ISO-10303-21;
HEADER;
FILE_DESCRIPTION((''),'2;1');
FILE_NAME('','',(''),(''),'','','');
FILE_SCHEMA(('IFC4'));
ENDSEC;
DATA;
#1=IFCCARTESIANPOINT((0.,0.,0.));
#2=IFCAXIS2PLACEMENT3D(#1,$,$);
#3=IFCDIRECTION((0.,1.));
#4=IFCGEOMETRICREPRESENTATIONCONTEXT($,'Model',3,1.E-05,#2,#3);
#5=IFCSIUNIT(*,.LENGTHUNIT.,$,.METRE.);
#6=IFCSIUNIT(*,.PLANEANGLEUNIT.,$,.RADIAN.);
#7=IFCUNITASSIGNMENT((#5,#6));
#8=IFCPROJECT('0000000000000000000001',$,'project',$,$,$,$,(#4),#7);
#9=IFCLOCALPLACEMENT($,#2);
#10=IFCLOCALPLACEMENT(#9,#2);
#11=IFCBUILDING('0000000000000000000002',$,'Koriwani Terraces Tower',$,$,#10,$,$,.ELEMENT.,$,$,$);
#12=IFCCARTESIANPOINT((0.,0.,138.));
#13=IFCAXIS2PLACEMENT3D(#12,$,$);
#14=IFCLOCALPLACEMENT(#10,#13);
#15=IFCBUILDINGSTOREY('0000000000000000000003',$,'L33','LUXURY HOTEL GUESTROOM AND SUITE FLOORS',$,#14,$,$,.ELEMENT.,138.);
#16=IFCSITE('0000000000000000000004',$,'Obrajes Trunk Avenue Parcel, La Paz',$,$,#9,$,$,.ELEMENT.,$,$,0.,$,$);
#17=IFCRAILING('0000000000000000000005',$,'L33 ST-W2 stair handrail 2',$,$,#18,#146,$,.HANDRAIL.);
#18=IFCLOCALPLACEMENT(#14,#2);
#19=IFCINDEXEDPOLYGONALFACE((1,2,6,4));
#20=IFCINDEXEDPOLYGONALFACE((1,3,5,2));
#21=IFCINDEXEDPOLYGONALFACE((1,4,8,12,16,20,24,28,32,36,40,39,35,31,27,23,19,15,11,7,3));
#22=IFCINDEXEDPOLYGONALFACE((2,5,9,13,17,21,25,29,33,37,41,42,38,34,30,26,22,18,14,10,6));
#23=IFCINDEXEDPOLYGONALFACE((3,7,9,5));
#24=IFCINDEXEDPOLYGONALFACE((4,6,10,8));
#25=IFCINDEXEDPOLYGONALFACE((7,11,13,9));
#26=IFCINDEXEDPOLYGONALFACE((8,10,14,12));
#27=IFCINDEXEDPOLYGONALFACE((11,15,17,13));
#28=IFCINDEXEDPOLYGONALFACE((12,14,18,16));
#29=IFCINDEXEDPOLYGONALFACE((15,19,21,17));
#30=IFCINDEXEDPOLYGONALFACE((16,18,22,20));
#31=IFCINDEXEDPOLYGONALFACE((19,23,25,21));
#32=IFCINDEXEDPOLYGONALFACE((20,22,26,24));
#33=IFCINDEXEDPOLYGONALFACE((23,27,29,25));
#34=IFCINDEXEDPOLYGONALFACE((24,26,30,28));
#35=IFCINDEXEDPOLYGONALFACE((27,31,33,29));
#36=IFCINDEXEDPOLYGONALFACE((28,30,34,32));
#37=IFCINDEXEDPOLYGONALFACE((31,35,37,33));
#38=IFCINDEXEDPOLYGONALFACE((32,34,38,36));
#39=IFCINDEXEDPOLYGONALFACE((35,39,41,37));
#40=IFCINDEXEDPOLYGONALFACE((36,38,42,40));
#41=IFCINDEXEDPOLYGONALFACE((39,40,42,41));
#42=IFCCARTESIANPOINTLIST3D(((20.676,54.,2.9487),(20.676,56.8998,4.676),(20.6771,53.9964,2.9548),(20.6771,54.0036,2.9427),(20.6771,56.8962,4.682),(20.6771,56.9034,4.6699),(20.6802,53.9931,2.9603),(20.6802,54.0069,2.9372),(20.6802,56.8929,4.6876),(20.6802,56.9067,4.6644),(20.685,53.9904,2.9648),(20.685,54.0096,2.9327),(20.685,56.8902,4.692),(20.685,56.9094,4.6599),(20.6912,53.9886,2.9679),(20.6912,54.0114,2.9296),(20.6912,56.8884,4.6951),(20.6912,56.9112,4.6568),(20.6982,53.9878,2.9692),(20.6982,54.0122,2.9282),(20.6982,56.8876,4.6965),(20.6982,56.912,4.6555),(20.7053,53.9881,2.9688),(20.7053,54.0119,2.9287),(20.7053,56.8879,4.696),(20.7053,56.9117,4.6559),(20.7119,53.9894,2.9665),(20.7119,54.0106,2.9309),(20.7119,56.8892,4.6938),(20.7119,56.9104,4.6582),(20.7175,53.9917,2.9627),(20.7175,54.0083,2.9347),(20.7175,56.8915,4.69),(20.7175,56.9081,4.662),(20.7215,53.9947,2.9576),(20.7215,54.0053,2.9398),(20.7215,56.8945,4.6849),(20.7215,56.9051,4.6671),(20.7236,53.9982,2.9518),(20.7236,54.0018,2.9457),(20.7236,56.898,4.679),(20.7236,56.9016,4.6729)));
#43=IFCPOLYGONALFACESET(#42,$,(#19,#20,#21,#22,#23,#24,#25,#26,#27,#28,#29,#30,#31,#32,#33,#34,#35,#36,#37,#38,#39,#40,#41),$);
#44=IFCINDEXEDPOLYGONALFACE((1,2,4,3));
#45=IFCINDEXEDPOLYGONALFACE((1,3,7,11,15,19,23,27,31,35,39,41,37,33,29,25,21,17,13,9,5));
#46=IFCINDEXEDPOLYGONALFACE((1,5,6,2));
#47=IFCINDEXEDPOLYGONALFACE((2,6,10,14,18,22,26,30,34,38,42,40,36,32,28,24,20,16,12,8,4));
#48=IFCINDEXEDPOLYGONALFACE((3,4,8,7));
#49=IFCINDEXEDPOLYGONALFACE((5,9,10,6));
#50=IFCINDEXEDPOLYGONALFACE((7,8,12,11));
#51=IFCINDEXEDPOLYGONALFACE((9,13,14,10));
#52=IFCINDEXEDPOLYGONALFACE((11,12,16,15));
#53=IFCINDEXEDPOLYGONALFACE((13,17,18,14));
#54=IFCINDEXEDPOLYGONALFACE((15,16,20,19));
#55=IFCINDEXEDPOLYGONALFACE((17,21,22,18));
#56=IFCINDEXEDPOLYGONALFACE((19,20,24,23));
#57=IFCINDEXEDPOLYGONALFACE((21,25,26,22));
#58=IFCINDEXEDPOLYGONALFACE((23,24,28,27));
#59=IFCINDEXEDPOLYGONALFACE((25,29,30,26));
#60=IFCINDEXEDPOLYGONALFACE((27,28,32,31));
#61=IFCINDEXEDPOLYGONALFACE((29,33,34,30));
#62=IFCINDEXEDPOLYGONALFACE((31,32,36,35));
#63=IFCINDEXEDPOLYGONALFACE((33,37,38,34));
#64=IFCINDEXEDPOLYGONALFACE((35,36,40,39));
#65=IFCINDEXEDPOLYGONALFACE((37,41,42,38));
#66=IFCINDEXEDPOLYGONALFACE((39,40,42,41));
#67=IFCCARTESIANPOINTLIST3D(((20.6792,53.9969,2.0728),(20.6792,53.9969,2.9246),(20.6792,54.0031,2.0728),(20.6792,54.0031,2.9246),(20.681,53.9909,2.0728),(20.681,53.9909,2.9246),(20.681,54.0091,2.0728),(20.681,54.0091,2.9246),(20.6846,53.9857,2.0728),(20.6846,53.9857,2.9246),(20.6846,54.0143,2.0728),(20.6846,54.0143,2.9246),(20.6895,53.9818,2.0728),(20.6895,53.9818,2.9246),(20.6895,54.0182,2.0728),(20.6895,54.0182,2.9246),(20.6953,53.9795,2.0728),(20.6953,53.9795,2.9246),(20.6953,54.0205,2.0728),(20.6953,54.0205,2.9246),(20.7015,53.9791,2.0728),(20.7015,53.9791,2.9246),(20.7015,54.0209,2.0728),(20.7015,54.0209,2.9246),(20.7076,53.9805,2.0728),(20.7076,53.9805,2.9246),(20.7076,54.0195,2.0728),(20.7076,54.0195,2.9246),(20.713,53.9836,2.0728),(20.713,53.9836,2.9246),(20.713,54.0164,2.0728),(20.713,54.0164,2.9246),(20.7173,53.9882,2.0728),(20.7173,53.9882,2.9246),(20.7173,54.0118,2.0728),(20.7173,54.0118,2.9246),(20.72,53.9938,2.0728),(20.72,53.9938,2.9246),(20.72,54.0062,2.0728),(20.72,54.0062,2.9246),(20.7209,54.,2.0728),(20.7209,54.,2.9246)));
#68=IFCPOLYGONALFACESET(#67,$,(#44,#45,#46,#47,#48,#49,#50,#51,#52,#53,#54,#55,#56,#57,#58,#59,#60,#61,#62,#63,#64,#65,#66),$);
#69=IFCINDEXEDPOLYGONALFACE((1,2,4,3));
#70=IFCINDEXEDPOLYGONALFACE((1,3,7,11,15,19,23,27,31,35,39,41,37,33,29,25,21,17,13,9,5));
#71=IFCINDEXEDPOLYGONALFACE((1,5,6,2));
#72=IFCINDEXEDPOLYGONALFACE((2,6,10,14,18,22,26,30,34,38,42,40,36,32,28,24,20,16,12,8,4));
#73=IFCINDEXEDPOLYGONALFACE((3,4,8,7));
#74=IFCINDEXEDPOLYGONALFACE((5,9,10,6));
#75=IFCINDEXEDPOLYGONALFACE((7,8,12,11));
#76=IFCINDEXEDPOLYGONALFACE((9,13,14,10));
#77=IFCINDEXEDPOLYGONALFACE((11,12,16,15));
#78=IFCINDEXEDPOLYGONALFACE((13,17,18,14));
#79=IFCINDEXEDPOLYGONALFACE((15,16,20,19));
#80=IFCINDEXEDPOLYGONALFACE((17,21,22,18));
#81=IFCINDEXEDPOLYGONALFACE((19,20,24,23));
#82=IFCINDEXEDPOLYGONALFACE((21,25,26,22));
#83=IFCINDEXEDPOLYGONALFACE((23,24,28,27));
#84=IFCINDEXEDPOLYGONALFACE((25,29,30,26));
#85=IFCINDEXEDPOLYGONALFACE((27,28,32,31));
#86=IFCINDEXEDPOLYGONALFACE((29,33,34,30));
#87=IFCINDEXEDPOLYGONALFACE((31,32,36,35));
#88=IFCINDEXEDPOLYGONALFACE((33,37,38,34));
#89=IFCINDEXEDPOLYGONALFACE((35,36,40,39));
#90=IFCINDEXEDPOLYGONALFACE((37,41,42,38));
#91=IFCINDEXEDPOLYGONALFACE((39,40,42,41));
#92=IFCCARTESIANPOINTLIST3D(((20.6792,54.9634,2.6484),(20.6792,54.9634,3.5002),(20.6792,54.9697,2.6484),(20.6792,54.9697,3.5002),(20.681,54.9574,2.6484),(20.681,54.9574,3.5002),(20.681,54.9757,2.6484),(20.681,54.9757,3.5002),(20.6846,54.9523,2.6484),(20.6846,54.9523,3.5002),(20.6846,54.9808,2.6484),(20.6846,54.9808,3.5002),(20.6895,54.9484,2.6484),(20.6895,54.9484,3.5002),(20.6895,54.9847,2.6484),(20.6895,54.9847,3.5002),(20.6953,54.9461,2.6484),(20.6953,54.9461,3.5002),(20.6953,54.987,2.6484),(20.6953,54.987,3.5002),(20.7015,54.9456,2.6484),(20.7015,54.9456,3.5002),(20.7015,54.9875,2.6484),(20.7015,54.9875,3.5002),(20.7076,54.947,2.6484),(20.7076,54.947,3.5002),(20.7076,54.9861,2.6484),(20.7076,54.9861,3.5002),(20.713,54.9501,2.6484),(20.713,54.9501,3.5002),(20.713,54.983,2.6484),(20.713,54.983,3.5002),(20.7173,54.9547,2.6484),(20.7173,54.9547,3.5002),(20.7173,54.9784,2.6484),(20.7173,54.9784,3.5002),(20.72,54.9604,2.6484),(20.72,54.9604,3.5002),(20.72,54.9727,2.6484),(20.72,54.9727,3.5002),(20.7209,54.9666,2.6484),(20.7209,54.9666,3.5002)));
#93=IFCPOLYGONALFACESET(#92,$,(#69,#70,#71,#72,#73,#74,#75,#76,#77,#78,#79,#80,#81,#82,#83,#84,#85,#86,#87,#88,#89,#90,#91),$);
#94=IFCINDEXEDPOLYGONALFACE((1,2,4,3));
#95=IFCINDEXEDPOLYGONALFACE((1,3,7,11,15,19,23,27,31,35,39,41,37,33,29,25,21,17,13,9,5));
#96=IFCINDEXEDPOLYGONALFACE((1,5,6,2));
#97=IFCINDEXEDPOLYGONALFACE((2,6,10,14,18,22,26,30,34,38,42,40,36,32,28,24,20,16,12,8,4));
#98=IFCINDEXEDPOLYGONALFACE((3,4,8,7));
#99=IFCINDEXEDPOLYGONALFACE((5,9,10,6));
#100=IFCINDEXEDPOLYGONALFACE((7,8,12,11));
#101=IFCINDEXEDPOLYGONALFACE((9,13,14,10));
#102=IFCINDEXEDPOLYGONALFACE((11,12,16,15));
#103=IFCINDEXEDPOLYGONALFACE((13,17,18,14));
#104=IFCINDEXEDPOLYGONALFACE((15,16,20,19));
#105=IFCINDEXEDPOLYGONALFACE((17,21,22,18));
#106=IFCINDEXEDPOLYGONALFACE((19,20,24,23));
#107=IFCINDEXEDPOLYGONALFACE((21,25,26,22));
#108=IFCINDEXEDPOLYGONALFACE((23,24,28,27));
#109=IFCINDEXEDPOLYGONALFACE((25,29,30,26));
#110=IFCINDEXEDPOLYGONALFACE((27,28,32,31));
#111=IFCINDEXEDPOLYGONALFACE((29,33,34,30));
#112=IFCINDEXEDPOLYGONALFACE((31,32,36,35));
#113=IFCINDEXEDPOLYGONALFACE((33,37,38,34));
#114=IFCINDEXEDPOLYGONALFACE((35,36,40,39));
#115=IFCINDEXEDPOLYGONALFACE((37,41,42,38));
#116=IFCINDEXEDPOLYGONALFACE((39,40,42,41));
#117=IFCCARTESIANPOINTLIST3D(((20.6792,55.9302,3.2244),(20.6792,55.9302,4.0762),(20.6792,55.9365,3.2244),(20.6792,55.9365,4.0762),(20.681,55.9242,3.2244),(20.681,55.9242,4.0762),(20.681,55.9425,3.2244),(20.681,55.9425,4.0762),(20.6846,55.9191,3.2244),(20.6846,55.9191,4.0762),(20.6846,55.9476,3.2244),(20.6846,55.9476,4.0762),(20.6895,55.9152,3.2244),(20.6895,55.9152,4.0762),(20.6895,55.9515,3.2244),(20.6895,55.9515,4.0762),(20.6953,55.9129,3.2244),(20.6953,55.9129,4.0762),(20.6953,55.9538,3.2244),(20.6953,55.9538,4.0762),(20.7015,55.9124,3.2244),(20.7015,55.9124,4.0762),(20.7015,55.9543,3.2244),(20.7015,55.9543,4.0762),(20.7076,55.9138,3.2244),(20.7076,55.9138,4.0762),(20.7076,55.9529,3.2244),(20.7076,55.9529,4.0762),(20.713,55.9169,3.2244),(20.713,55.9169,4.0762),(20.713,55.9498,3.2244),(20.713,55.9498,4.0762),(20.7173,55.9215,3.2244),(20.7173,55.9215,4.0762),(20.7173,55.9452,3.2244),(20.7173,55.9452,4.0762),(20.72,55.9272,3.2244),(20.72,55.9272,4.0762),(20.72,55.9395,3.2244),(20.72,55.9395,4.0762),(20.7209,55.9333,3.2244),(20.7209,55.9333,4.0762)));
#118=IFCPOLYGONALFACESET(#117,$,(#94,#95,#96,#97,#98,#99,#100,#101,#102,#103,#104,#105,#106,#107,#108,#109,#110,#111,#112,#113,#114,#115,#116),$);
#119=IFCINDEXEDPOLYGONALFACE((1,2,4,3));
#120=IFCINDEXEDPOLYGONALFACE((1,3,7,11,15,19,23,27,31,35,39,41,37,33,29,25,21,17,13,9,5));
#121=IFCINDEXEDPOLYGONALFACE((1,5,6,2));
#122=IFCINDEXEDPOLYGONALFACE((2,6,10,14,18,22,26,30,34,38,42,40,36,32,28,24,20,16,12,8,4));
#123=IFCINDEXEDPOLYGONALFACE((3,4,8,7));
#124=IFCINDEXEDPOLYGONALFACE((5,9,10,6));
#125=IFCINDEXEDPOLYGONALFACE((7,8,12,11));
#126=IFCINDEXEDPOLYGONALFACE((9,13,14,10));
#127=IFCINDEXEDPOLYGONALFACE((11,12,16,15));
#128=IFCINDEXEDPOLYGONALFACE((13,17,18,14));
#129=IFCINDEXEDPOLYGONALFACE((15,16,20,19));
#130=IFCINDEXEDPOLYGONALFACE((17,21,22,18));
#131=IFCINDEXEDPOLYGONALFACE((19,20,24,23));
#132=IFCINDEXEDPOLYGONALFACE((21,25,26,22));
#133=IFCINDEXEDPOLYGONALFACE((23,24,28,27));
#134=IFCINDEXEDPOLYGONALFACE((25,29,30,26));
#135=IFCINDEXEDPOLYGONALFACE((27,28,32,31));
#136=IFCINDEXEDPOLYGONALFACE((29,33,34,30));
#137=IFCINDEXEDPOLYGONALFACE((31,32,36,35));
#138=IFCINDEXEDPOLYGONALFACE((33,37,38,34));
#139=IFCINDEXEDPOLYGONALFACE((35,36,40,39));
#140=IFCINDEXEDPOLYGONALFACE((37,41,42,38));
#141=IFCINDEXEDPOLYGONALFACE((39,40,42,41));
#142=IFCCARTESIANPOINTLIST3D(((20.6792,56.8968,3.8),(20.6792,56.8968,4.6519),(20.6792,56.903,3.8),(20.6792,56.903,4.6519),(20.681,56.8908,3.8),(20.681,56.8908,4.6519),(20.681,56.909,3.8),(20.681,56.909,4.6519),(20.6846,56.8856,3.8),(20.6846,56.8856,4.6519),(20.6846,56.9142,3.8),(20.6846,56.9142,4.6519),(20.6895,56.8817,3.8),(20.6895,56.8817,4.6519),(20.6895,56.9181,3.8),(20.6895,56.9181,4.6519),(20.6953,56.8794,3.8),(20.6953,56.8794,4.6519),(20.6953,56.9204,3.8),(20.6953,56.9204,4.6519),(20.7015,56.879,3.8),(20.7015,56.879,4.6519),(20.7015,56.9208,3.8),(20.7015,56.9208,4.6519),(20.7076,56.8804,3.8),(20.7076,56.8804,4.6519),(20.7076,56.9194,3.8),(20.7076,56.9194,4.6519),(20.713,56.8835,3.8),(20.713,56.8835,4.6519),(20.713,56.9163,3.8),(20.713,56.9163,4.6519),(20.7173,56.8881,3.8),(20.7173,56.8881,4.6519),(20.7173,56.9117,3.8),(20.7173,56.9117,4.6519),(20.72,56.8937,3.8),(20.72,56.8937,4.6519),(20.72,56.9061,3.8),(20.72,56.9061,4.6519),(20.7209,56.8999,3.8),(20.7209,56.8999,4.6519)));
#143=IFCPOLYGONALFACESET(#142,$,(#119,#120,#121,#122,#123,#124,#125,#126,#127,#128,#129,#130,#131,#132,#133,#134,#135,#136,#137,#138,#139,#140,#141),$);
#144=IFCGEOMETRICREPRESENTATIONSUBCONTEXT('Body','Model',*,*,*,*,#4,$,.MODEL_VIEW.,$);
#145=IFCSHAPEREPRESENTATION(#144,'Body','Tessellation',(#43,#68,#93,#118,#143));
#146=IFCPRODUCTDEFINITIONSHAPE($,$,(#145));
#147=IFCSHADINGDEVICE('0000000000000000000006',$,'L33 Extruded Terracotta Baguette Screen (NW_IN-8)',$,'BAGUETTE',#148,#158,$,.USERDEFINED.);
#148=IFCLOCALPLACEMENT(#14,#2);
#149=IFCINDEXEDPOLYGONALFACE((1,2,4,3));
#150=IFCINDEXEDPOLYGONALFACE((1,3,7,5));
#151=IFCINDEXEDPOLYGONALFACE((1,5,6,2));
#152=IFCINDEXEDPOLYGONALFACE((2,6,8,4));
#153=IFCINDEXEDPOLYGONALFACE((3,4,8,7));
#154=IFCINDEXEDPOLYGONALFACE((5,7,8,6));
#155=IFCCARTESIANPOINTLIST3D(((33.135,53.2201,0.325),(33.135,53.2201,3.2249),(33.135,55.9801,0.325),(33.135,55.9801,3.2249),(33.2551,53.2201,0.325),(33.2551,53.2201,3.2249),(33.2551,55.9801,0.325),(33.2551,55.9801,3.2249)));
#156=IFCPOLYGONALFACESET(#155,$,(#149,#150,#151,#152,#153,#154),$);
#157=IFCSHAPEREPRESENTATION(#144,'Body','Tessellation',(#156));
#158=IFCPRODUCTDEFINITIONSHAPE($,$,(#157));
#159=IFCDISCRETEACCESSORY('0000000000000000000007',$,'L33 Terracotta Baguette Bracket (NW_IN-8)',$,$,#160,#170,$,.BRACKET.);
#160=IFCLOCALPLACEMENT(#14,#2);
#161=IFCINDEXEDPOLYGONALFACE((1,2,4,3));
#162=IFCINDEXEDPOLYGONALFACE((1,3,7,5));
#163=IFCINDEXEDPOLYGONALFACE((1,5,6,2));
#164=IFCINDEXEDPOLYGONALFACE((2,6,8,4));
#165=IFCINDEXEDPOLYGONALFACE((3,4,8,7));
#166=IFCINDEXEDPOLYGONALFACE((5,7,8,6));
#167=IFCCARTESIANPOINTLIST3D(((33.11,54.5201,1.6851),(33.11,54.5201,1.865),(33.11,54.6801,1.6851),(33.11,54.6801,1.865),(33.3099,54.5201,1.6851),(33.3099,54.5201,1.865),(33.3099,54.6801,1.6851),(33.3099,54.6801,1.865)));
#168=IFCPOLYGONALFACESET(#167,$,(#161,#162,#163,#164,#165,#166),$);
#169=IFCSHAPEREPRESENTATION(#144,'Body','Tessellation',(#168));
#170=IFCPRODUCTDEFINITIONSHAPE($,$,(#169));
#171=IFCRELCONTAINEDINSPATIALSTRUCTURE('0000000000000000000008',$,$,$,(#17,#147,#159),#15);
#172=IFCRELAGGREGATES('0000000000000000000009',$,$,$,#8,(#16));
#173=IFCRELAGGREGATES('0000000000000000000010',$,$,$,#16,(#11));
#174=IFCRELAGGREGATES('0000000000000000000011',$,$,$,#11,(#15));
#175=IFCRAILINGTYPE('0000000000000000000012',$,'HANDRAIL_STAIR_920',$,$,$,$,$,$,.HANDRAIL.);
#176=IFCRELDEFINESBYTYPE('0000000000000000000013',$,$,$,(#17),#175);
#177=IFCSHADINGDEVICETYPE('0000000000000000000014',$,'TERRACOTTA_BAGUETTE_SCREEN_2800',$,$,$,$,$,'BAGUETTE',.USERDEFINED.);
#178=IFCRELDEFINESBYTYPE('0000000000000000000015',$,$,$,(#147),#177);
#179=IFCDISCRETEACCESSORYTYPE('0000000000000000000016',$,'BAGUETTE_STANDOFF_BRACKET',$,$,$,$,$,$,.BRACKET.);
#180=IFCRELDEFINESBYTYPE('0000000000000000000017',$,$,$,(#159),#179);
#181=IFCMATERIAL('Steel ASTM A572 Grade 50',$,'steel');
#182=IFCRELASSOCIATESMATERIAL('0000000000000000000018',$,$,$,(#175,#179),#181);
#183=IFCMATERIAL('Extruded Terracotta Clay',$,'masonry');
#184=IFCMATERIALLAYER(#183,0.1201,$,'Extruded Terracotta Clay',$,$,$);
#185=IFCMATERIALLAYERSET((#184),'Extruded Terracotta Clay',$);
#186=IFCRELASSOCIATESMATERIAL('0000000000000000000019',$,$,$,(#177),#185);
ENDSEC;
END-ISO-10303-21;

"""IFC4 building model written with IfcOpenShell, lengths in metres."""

from ifc_helpers import new_model, si_unit, direction, frame, origin, origin_2d, place, context, subcontext, project, spatial, rectangle, circle, extrude, material, layer, layer_set, type_object, element, save


model = new_model("IFC4")

# Units and contexts
model_context = context("Model", 3, precision=1e-05, world=origin(), true_north=direction((0.0, 1.0)))
body_context = subcontext(model_context, "Body", "Model", "MODEL_VIEW")
ifc_project = project(units=[si_unit("LENGTHUNIT", "METRE"), si_unit("PLANEANGLEUNIT", "RADIAN")], contexts=[model_context])

# Site, building, storey
site_placement = place(None, origin())
site = spatial("IfcSite", under=ifc_project, at=site_placement, Name="Obrajes Trunk Avenue Parcel, La Paz", CompositionType="ELEMENT", RefElevation=0.0)
building_placement = place(site_placement, origin())
building = spatial("IfcBuilding", under=site, at=building_placement, Name="Koriwani Terraces Tower", CompositionType="ELEMENT")
storey_placement = place(building_placement, frame((0.0, 0.0, 138.0)))
storey = spatial("IfcBuildingStorey", under=building, at=storey_placement, Name="L33", Description="LUXURY HOTEL GUESTROOM AND SUITE FLOORS", CompositionType="ELEMENT", Elevation=138.0)

# Shared definitions
ifc_material_1 = material(Name="Steel ASTM A572 Grade 50", Category="steel")

# Railing
railing_type_1 = type_object("IfcRailingType", Name="HANDRAIL_STAIR_920", PredefinedType="HANDRAIL", material=ifc_material_1)
railing_1_placement = place(storey_placement, frame((20.7, 54.0, 2.0728)))
element("IfcRailing", 1, at=railing_1_placement, inside=storey, type_object=railing_type_1, Name="L33 ST-W2 stair handrail 2", PredefinedType="HANDRAIL", context=body_context, shape_type="SweptSolid", body=[
    extrude(circle(Radius=0.0239, at=origin_2d()), frame((0.0, 0.0, 0.876), z_axis=(0.0, 0.859141, 0.511738), x_axis=(-1.0, 0.0, 0.0)), (0.0, 0.0, 1.0), 3.3752),
    extrude(circle(Radius=0.021, at=origin_2d()), origin(), (0.0, 0.0, 1.0), 0.8518),
    extrude(circle(Radius=0.021, at=origin_2d()), frame((0.0, 0.9666, 0.5757)), (0.0, 0.0, 1.0), 0.8518),
    extrude(circle(Radius=0.021, at=origin_2d()), frame((0.0, 1.9333, 1.1516)), (0.0, 0.0, 1.0), 0.8518),
    extrude(circle(Radius=0.021, at=origin_2d()), frame((0.0, 2.8999, 1.7273)), (0.0, 0.0, 1.0), 0.8518),
])

# Shading device
ifc_material_2 = material(Name="Extruded Terracotta Clay", Category="masonry")
ifc_layer_1 = layer(ifc_material_2, 0.1201, Name="Extruded Terracotta Clay")
ifc_layer_set_1 = layer_set([ifc_layer_1], Name="Extruded Terracotta Clay")
shading_device_type = type_object("IfcShadingDeviceType", Name="TERRACOTTA_BAGUETTE_SCREEN_2800", ElementType="BAGUETTE", PredefinedType="USERDEFINED", material=ifc_layer_set_1)
shading_device_placement = place(storey_placement, frame((33.1951, 54.6001, 0.325), z_axis=(0.0, 0.0, 1.0), x_axis=(0.0, -1.0, 0.0)))
element("IfcShadingDevice", 2, at=shading_device_placement, inside=storey, type_object=shading_device_type, Name="L33 Extruded Terracotta Baguette Screen (NW_IN-8)", ObjectType="BAGUETTE", PredefinedType="USERDEFINED", context=body_context, shape_type="SweptSolid", body=[
    extrude(rectangle(XDim=2.76, YDim=0.1201, at=origin_2d()), origin(), (0.0, 0.0, 1.0), 2.8999),
])

# Discrete accessory
discrete_accessory_type = type_object("IfcDiscreteAccessoryType", Name="BAGUETTE_STANDOFF_BRACKET", PredefinedType="BRACKET", material=ifc_material_1)
discrete_accessory_placement = place(storey_placement, frame((33.21, 54.6001, 1.6851), z_axis=(0.0, 0.0, 1.0), x_axis=(0.0, -1.0, 0.0)))
element("IfcDiscreteAccessory", 3, at=discrete_accessory_placement, inside=storey, type_object=discrete_accessory_type, Name="L33 Terracotta Baguette Bracket (NW_IN-8)", PredefinedType="BRACKET", context=body_context, shape_type="SweptSolid", body=[
    extrude(rectangle(XDim=0.1599, YDim=0.2, at=origin_2d()), origin(), (0.0, 0.0, 1.0), 0.1799),
])

save(model, "model.ifc")
